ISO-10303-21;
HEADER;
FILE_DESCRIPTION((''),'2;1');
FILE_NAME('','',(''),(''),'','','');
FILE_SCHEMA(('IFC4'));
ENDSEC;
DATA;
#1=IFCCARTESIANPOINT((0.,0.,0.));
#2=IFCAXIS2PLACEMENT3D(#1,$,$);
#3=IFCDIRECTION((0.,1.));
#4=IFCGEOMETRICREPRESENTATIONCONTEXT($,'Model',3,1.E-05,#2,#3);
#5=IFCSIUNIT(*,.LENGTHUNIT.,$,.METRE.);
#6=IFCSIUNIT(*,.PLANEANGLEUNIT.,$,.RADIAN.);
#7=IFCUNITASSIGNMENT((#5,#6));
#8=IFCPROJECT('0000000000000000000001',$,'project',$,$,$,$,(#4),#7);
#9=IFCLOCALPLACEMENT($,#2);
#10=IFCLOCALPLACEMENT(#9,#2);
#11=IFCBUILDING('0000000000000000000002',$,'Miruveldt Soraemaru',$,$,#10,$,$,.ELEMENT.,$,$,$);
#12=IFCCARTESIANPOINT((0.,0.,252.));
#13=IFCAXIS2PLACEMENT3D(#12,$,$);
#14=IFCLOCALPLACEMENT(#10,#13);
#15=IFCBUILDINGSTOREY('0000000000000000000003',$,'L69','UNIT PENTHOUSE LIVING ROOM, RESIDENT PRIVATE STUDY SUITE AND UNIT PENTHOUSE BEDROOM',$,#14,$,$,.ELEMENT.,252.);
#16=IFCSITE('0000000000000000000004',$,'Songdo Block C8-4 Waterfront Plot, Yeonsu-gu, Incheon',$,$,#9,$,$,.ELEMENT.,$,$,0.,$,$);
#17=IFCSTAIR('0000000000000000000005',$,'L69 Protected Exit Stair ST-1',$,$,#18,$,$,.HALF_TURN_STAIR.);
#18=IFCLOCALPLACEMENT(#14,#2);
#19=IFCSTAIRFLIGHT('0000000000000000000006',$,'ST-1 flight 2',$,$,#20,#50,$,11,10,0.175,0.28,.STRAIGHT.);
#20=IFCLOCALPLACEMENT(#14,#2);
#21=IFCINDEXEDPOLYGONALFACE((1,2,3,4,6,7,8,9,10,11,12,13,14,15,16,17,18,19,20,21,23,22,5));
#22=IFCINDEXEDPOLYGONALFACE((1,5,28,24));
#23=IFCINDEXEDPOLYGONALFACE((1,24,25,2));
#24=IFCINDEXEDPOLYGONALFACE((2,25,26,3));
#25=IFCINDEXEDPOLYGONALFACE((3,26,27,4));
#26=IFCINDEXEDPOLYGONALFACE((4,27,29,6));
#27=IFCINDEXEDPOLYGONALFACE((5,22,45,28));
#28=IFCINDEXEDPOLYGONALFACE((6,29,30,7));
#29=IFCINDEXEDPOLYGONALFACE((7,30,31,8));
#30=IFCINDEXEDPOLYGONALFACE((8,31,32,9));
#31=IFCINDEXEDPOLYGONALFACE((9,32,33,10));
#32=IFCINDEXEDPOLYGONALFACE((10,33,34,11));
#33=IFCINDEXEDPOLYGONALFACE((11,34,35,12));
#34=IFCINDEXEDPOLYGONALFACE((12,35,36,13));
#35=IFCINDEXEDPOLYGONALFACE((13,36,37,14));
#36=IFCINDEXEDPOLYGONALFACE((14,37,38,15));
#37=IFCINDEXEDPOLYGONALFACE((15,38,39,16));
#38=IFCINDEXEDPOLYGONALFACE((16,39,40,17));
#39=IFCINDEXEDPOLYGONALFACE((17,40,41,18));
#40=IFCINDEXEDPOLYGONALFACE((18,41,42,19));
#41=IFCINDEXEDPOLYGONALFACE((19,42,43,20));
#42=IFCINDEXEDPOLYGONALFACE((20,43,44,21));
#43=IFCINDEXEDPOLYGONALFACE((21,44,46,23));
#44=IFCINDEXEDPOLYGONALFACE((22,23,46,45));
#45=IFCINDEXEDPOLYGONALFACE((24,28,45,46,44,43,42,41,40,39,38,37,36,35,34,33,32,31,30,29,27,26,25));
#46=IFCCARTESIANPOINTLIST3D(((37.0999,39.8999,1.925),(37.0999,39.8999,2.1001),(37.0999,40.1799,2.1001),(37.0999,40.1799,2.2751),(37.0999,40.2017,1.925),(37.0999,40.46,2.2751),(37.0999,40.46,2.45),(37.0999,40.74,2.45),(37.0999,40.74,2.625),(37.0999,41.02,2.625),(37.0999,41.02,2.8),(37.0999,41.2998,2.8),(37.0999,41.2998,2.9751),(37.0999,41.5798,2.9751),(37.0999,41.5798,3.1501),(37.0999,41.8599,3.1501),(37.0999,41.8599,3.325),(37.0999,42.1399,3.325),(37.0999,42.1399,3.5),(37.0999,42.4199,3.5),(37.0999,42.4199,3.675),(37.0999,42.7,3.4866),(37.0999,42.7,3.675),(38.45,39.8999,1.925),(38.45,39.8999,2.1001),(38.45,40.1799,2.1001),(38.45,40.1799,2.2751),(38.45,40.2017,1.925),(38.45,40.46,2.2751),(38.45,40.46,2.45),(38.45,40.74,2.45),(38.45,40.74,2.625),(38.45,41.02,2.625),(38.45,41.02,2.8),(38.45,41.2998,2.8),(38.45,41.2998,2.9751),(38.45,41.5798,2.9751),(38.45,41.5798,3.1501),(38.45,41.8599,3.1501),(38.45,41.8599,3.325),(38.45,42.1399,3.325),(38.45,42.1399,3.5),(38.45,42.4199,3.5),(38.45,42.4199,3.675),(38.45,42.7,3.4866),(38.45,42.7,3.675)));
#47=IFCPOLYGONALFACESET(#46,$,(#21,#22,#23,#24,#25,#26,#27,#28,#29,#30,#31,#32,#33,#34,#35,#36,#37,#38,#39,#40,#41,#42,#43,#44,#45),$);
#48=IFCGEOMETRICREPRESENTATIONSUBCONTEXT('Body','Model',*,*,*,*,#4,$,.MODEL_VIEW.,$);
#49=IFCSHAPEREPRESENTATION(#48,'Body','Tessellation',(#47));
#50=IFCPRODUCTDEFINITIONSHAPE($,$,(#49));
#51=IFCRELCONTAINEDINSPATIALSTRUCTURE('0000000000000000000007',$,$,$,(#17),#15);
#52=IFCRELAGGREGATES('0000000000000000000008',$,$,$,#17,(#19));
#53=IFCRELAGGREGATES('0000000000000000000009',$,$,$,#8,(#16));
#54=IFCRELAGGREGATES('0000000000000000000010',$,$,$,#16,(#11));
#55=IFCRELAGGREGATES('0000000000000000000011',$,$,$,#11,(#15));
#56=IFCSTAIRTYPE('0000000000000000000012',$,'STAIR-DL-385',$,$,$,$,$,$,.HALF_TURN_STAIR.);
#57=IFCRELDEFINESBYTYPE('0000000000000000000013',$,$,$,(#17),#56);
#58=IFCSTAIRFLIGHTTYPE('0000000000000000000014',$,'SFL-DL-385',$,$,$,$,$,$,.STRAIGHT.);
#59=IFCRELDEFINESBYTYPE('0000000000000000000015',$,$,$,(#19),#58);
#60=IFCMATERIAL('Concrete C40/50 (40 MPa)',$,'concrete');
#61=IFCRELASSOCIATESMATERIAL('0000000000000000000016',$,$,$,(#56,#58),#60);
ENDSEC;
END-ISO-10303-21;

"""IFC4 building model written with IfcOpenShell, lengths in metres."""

from ifc_helpers import new_model, si_unit, direction, frame, origin, place, context, subcontext, project, spatial, polyline, outline, extrude, material, type_object, element, aggregate, save


model = new_model("IFC4")

# Units and contexts
model_context = context("Model", 3, precision=1e-05, world=origin(), true_north=direction((0.0, 1.0)))
body_context = subcontext(model_context, "Body", "Model", "MODEL_VIEW")
ifc_project = project(units=[si_unit("LENGTHUNIT", "METRE"), si_unit("PLANEANGLEUNIT", "RADIAN")], contexts=[model_context])

# Site, building, storey
site_placement = place(None, origin())
site = spatial("IfcSite", under=ifc_project, at=site_placement, Name="Songdo Block C8-4 Waterfront Plot, Yeonsu-gu, Incheon", CompositionType="ELEMENT", RefElevation=0.0)
building_placement = place(site_placement, origin())
building = spatial("IfcBuilding", under=site, at=building_placement, Name="Miruveldt Soraemaru", CompositionType="ELEMENT")
storey_placement = place(building_placement, frame((0.0, 0.0, 252.0)))
storey = spatial("IfcBuildingStorey", under=building, at=storey_placement, Name="L69", Description="UNIT PENTHOUSE LIVING ROOM, RESIDENT PRIVATE STUDY SUITE AND UNIT PENTHOUSE BEDROOM", CompositionType="ELEMENT", Elevation=252.0)

# Shared definitions
ifc_material_1 = material(Name="Concrete C40/50 (40 MPa)", Category="concrete")

# Stair, stair flight
stair_type = type_object("IfcStairType", Name="STAIR-DL-385", PredefinedType="HALF_TURN_STAIR", material=ifc_material_1)
stair_placement = place(storey_placement, origin())
stair = element("IfcStair", 1, at=stair_placement, inside=storey, type_object=stair_type, Name="L69 Protected Exit Stair ST-1", PredefinedType="HALF_TURN_STAIR")
stair_flight_type = type_object("IfcStairFlightType", Name="SFL-DL-385", PredefinedType="STRAIGHT", material=ifc_material_1)
stair_flight_1_placement = place(storey_placement, frame((37.7749, 39.8999, 1.925), z_axis=(0.0, 0.0, 1.0), x_axis=(0.0, 1.0, 0.0)))
stair_flight_1 = element("IfcStairFlight", 2, at=stair_flight_1_placement, type_object=stair_flight_type, Name="ST-1 flight 2", NumberOfRisers=11, NumberOfTreads=10, PredefinedType="STRAIGHT", RiserHeight=0.175, TreadLength=0.28, context=body_context, shape_type="SweptSolid", body=[
    extrude(outline(polyline([(0.0, 0.0), (0.0, 0.175), (0.28, 0.175), (0.28, 0.3501), (0.5601, 0.3501), (0.5601, 0.5249), (0.8401, 0.5249), (0.8401, 0.7), (1.1201, 0.7), (1.1201, 0.875), (1.3999, 0.875), (1.3999, 1.05), (1.6799, 1.05), (1.6799, 1.2251), (1.96, 1.2251), (1.96, 1.3999), (2.24, 1.3999), (2.24, 1.575), (2.52, 1.575), (2.52, 1.75), (2.8, 1.75), (2.8, 1.925), (2.8, 1.5615), (0.3018, 0.0), (0.0, 0.0)])), frame((0.0, 0.675, 0.0), z_axis=(0.0, -1.0, 0.0), x_axis=(1.0, 0.0, 0.0)), (0.0, 0.0, 1.0), 1.3501),
])
aggregate(stair, [stair_flight_1])

save(model, "model.ifc")
